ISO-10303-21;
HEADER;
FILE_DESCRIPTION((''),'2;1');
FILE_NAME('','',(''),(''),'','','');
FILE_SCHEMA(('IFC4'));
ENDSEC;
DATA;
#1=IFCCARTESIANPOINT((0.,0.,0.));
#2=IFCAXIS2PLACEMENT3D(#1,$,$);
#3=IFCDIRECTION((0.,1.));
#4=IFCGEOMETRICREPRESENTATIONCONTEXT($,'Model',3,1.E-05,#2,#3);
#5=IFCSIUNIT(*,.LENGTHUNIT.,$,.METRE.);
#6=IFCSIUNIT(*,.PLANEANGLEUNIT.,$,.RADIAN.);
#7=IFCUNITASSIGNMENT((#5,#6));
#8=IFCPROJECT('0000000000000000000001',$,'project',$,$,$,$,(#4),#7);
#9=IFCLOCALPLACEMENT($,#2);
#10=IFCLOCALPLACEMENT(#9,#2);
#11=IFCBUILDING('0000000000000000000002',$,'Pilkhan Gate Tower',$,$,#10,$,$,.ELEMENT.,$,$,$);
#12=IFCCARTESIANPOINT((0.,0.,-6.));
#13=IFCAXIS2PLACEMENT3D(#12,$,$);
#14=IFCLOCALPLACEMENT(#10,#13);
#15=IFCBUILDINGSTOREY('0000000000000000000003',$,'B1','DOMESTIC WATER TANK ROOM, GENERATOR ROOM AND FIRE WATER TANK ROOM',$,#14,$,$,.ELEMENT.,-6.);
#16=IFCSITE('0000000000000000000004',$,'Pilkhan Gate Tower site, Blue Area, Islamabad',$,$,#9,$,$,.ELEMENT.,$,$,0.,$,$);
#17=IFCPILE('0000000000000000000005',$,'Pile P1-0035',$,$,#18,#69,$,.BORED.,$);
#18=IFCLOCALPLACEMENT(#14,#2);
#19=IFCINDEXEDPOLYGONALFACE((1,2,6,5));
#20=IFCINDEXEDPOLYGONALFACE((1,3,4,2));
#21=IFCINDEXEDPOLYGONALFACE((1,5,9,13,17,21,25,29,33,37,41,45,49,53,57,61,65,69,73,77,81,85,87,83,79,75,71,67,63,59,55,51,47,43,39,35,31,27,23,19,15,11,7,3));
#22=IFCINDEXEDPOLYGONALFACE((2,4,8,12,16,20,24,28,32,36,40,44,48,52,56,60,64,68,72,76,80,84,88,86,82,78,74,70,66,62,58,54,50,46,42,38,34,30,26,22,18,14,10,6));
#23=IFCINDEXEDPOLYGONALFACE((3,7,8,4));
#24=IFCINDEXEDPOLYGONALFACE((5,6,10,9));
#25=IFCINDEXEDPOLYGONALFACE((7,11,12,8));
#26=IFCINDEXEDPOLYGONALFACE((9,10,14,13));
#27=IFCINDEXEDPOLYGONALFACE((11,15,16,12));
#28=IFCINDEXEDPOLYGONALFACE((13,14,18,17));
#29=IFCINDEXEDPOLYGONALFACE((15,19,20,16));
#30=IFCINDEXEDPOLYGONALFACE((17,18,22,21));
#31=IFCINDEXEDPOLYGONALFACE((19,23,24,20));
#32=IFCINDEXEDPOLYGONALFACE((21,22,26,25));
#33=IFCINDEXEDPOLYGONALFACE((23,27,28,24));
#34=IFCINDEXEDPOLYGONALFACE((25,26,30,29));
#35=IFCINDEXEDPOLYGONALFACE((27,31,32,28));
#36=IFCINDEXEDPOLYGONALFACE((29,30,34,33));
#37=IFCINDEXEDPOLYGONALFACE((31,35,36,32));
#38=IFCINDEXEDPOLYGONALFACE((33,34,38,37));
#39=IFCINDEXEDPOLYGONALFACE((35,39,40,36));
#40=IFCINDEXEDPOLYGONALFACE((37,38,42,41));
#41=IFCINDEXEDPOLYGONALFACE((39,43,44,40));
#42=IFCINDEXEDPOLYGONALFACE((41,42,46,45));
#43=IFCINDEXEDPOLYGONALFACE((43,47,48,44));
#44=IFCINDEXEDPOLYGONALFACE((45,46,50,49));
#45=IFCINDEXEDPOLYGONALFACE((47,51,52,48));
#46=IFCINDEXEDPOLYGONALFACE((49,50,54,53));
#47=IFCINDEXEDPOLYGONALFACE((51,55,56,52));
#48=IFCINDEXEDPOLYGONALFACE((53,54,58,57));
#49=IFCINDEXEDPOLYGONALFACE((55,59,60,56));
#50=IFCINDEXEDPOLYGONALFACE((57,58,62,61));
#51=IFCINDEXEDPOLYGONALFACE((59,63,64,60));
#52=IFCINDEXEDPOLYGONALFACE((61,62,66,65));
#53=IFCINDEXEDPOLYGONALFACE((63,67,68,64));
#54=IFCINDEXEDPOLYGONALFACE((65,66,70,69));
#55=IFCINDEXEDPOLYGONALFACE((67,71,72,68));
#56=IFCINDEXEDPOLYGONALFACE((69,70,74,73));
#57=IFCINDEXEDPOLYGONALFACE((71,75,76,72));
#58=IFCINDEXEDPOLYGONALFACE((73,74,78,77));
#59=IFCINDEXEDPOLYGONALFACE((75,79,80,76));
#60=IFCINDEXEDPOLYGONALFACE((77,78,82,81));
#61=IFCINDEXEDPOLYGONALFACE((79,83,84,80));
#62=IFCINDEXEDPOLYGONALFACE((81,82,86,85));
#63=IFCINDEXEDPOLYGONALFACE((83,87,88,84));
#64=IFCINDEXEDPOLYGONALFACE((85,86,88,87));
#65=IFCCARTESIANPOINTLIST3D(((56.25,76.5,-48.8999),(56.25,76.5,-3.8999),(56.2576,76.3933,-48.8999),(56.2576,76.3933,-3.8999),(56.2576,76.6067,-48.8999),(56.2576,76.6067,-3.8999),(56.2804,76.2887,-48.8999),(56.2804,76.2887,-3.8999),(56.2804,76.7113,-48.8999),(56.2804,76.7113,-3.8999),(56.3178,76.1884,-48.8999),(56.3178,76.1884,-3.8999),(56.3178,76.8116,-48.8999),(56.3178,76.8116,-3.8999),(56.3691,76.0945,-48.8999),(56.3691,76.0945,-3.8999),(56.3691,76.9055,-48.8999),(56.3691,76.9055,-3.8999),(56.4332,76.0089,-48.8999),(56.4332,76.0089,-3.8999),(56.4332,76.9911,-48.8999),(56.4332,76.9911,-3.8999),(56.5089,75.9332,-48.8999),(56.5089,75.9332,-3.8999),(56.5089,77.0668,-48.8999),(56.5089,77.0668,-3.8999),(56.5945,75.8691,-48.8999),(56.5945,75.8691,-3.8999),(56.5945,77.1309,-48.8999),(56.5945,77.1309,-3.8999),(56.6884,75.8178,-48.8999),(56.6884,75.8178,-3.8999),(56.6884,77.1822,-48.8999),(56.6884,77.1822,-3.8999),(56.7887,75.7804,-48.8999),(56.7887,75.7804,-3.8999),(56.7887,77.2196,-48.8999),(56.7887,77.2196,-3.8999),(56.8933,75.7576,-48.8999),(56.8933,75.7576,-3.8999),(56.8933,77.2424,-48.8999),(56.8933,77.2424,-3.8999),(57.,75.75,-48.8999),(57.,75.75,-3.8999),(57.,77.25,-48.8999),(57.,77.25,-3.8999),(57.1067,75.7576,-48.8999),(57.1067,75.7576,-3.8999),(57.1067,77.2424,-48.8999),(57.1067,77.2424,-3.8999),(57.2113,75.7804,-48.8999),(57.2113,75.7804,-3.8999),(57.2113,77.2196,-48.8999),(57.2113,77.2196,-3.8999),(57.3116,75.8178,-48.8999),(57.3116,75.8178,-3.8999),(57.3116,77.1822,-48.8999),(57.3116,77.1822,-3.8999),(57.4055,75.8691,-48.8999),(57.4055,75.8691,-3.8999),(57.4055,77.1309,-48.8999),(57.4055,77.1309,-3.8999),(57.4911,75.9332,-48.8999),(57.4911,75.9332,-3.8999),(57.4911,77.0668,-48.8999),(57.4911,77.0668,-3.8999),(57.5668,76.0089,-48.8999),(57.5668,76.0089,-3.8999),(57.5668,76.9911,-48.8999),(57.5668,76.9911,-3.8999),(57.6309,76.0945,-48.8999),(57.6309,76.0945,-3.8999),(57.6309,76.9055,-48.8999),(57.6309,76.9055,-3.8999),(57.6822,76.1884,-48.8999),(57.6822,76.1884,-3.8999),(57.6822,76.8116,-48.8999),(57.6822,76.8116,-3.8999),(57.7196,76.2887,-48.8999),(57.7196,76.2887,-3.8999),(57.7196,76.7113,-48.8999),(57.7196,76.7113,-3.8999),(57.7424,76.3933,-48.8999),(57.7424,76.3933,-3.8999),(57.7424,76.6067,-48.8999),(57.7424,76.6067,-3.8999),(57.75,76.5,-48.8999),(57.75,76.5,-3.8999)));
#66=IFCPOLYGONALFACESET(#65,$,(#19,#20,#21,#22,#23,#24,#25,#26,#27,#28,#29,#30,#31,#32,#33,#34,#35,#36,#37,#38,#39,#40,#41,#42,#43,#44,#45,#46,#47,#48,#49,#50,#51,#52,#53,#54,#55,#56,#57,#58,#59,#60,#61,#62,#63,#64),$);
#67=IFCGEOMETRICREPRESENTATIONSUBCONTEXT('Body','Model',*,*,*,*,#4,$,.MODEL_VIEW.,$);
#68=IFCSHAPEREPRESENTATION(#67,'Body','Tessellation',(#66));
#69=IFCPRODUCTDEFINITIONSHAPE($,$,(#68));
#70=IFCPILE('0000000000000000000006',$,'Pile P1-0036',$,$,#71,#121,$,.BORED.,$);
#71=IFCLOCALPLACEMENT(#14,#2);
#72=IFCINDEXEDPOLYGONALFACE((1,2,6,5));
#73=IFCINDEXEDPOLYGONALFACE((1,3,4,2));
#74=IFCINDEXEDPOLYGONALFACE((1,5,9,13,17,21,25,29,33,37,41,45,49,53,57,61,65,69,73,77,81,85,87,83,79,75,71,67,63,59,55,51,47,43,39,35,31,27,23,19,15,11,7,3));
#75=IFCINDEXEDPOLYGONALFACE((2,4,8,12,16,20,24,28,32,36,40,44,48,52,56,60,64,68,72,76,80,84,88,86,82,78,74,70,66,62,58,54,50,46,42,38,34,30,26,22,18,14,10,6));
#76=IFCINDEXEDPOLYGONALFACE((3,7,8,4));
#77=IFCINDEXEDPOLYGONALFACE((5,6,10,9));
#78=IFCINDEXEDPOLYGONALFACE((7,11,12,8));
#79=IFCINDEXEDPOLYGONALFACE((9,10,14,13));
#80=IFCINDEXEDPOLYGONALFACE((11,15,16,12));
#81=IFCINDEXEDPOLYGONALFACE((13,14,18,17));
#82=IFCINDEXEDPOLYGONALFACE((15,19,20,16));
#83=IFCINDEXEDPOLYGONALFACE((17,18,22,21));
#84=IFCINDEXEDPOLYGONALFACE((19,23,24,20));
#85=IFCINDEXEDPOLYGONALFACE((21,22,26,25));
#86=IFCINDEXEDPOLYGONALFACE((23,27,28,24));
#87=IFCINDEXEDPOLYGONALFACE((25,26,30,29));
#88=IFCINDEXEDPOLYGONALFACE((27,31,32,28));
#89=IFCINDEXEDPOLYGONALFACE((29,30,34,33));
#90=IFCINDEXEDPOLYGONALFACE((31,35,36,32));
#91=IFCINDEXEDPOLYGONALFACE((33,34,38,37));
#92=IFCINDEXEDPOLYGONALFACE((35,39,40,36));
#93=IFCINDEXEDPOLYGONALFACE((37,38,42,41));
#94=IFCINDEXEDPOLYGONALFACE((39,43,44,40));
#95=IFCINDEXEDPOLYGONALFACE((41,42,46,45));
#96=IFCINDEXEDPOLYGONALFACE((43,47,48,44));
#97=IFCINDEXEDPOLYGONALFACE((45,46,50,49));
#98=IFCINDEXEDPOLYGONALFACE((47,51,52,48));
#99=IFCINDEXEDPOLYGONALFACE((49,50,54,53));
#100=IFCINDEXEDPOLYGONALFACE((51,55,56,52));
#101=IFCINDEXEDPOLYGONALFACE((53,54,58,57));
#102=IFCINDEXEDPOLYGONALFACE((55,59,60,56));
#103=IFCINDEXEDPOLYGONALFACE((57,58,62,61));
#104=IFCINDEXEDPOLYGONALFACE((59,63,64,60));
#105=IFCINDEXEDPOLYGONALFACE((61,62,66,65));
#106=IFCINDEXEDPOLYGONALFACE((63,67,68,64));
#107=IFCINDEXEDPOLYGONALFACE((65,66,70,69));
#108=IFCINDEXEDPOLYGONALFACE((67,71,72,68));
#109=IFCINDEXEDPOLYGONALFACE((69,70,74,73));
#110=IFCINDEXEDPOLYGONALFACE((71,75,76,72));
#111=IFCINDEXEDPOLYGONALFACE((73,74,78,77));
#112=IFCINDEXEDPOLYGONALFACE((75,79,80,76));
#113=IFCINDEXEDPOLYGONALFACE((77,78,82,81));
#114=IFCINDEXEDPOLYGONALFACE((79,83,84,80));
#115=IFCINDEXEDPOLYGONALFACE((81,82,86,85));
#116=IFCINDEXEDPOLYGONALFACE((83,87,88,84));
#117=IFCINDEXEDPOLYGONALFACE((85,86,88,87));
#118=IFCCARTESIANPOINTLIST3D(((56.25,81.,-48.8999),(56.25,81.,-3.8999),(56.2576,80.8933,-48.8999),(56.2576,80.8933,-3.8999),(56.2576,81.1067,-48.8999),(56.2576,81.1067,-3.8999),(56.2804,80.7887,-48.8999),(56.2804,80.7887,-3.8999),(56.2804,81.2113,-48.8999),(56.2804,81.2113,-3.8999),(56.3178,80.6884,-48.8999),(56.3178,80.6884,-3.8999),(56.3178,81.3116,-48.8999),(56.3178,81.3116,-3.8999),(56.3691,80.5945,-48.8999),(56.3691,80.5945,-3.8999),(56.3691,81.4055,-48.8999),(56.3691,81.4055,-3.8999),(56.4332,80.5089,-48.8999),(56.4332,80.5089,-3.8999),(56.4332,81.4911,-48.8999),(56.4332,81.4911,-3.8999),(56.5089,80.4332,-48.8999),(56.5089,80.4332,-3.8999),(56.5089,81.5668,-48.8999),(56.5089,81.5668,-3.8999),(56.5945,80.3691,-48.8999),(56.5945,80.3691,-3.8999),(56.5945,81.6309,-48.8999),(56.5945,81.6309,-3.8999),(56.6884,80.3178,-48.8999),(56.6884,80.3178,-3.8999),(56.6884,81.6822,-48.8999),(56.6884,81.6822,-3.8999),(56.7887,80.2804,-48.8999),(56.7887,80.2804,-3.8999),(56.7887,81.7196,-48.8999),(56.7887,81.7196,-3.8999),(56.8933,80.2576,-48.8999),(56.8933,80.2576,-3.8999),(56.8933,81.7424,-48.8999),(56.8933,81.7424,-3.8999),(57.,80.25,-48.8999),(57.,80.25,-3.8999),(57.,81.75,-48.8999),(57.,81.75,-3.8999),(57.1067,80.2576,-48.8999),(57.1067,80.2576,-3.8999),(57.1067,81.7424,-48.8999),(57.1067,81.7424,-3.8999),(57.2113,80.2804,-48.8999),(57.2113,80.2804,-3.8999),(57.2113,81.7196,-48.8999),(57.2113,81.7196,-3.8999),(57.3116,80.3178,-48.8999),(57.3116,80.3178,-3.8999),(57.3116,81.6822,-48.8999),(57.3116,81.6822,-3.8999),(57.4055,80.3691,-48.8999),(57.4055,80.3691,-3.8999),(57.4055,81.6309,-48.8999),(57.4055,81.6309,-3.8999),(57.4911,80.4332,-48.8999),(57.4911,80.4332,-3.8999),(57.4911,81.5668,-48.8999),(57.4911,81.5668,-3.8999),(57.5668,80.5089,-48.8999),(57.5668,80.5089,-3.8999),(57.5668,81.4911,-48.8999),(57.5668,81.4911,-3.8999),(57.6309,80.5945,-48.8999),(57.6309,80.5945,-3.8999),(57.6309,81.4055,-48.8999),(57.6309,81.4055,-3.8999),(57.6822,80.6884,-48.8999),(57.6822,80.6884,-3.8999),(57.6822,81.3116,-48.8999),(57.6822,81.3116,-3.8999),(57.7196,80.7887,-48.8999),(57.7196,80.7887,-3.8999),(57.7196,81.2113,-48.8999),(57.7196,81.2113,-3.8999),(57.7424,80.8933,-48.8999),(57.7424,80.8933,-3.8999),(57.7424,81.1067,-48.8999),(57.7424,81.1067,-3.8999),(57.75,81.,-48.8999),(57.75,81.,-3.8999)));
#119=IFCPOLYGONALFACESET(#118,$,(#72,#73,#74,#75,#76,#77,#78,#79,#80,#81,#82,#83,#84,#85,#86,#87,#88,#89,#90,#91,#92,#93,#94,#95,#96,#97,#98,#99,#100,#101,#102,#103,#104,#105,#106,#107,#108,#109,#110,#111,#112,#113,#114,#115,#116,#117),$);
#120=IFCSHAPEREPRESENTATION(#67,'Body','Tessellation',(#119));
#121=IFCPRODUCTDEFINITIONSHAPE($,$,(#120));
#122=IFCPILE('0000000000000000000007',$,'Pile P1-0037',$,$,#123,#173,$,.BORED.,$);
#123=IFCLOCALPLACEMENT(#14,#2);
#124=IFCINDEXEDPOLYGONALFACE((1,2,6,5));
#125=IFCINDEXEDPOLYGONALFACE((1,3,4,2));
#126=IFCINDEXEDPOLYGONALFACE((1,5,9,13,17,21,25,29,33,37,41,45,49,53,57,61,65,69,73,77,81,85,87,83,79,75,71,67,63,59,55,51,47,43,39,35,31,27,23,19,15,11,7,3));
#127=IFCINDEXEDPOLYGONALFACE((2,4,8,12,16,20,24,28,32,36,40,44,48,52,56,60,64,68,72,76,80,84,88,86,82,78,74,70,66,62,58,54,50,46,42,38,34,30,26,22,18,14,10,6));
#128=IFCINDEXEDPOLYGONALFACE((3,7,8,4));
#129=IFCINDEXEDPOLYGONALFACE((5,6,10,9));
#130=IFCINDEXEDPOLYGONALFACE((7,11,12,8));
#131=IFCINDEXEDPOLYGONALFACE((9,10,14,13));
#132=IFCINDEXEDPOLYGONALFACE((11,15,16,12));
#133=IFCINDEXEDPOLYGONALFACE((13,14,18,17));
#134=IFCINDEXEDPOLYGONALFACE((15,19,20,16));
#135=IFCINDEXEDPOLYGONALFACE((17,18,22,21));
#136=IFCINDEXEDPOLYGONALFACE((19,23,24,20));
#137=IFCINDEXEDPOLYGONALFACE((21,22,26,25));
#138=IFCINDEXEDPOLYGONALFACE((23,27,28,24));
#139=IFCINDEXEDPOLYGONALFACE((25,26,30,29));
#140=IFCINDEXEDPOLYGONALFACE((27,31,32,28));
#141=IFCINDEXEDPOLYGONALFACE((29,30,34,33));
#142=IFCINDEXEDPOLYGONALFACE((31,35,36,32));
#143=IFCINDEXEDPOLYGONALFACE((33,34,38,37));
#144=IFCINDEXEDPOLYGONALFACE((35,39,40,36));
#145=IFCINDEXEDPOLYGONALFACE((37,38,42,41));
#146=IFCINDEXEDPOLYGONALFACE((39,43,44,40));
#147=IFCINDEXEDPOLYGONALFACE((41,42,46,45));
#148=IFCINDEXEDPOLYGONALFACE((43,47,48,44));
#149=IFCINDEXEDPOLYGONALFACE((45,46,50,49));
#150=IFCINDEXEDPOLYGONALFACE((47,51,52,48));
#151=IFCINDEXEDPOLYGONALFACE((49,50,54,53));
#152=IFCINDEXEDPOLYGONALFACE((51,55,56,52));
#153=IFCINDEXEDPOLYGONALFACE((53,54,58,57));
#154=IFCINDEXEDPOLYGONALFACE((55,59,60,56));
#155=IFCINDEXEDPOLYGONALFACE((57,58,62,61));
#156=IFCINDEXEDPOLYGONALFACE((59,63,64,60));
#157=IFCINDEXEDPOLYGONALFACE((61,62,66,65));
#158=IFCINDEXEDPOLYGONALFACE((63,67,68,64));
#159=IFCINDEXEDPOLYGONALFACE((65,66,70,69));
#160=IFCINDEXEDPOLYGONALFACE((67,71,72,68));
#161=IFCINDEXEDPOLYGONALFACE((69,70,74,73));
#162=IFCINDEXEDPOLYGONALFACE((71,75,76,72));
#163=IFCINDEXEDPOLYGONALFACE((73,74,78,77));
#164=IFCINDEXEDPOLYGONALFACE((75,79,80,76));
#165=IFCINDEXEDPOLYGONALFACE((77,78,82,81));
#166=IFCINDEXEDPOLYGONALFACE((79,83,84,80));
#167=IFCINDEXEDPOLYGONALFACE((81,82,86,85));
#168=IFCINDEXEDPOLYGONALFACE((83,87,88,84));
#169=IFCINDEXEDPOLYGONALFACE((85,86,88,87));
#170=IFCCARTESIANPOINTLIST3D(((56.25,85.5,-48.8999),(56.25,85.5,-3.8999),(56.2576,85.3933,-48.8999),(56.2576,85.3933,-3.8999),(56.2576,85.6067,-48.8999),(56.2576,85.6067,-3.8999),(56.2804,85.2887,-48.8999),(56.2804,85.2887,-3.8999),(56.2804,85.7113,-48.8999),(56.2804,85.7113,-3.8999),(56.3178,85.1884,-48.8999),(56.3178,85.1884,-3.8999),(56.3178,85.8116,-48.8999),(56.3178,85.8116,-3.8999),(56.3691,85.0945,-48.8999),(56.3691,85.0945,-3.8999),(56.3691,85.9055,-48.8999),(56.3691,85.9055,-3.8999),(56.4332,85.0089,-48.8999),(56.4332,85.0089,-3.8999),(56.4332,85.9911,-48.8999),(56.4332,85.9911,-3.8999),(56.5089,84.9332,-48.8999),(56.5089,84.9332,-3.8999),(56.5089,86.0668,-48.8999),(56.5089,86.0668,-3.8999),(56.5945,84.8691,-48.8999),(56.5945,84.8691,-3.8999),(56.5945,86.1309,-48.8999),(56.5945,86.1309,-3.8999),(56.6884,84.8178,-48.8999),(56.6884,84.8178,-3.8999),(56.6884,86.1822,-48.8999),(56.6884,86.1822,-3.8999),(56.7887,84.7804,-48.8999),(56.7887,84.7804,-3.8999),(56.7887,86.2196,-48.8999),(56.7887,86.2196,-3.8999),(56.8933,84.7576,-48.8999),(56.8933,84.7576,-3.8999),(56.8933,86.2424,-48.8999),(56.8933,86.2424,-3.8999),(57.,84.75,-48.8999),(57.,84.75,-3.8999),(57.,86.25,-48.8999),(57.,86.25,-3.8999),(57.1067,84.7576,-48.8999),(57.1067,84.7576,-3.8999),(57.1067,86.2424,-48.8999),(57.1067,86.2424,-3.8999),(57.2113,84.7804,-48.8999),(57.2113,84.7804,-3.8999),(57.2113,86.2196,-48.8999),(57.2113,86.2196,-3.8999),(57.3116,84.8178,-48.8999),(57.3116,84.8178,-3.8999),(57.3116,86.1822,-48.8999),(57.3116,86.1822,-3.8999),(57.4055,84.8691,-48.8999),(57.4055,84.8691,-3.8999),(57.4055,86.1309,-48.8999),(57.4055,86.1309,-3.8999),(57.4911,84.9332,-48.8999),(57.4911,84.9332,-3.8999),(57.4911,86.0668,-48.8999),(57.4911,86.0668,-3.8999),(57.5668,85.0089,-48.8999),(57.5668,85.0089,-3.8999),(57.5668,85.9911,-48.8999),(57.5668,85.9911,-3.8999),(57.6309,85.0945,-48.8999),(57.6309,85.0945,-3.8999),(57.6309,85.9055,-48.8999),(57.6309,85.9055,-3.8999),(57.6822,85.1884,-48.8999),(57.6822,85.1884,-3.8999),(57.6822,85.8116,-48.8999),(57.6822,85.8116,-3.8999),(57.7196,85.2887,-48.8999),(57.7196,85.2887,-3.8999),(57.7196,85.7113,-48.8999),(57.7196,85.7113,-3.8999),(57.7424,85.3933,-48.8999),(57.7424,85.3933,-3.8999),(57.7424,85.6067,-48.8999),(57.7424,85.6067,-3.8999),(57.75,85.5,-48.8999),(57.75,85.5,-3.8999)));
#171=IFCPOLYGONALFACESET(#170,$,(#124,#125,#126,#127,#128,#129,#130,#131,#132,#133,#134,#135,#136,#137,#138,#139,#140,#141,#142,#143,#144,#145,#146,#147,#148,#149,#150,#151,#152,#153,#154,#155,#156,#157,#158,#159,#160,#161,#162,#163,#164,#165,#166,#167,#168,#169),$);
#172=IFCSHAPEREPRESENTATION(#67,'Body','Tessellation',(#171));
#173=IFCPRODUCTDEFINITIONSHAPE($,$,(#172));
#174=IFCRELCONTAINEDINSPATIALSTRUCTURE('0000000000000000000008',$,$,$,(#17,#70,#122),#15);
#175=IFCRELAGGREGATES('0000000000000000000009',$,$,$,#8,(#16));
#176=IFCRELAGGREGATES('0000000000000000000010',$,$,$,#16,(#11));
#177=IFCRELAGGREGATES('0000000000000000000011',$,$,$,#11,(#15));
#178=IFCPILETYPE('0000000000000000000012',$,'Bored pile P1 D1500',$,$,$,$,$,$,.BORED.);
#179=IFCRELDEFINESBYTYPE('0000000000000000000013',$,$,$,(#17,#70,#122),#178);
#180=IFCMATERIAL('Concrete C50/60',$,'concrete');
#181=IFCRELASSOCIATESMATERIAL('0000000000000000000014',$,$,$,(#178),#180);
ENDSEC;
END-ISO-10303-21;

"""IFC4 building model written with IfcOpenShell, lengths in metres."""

from ifc_helpers import new_model, si_unit, direction, frame, origin, origin_2d, place, context, subcontext, project, spatial, circle, extrude, material, material_profile, profile_set, type_object, element, save


model = new_model("IFC4")

# Units and contexts
model_context = context("Model", 3, precision=1e-05, world=origin(), true_north=direction((0.0, 1.0)))
body_context = subcontext(model_context, "Body", "Model", "MODEL_VIEW")
ifc_project = project(units=[si_unit("LENGTHUNIT", "METRE"), si_unit("PLANEANGLEUNIT", "RADIAN")], contexts=[model_context])

# Site, building, storey
site_placement = place(None, origin())
site = spatial("IfcSite", under=ifc_project, at=site_placement, Name="Pilkhan Gate Tower site, Blue Area, Islamabad", CompositionType="ELEMENT", RefElevation=0.0)
building_placement = place(site_placement, origin())
building = spatial("IfcBuilding", under=site, at=building_placement, Name="Pilkhan Gate Tower", CompositionType="ELEMENT")
storey_placement = place(building_placement, frame((0.0, 0.0, -6.0)))
storey = spatial("IfcBuildingStorey", under=building, at=storey_placement, Name="B1", Description="DOMESTIC WATER TANK ROOM, GENERATOR ROOM AND FIRE WATER TANK ROOM", CompositionType="ELEMENT", Elevation=-6.0)

# Piles
ifc_material_1 = material(Name="Concrete C50/60", Category="concrete")
ifc_material_profile_1 = material_profile(ifc_material_1, circle(Radius=0.75, at=origin_2d()), Name="Bored pile 1500 dia")
ifc_profile_set_1 = profile_set([ifc_material_profile_1], Name="Concrete C50/60")
pile_type = type_object("IfcPileType", Name="Bored pile P1 D1500", PredefinedType="BORED", material=ifc_profile_set_1)
for number, where, z_axis, x_axis, name in (
    (1, (57.0, 76.5, -3.8999), (0.0, 0.0, -1.0), (1.0, 0.0, 0.0), "Pile P1-0035"),
    (2, (57.0, 81.0, -3.8999), (0.0, 0.0, -1.0), (1.0, 0.0, 0.0), "Pile P1-0036"),
    (3, (57.0, 85.5, -3.8999), (0.0, 0.0, -1.0), (1.0, 0.0, 0.0), "Pile P1-0037"),
):
    element("IfcPile", number, at=place(storey_placement, frame(where, z_axis=z_axis, x_axis=x_axis)), inside=storey, type_object=pile_type, Name=name, PredefinedType="BORED", context=body_context, shape_type="SweptSolid", body=[
        extrude(circle(Radius=0.75, at=origin_2d()), origin(), (0.0, 0.0, 1.0), 45.0),
    ])

save(model, "model.ifc")
